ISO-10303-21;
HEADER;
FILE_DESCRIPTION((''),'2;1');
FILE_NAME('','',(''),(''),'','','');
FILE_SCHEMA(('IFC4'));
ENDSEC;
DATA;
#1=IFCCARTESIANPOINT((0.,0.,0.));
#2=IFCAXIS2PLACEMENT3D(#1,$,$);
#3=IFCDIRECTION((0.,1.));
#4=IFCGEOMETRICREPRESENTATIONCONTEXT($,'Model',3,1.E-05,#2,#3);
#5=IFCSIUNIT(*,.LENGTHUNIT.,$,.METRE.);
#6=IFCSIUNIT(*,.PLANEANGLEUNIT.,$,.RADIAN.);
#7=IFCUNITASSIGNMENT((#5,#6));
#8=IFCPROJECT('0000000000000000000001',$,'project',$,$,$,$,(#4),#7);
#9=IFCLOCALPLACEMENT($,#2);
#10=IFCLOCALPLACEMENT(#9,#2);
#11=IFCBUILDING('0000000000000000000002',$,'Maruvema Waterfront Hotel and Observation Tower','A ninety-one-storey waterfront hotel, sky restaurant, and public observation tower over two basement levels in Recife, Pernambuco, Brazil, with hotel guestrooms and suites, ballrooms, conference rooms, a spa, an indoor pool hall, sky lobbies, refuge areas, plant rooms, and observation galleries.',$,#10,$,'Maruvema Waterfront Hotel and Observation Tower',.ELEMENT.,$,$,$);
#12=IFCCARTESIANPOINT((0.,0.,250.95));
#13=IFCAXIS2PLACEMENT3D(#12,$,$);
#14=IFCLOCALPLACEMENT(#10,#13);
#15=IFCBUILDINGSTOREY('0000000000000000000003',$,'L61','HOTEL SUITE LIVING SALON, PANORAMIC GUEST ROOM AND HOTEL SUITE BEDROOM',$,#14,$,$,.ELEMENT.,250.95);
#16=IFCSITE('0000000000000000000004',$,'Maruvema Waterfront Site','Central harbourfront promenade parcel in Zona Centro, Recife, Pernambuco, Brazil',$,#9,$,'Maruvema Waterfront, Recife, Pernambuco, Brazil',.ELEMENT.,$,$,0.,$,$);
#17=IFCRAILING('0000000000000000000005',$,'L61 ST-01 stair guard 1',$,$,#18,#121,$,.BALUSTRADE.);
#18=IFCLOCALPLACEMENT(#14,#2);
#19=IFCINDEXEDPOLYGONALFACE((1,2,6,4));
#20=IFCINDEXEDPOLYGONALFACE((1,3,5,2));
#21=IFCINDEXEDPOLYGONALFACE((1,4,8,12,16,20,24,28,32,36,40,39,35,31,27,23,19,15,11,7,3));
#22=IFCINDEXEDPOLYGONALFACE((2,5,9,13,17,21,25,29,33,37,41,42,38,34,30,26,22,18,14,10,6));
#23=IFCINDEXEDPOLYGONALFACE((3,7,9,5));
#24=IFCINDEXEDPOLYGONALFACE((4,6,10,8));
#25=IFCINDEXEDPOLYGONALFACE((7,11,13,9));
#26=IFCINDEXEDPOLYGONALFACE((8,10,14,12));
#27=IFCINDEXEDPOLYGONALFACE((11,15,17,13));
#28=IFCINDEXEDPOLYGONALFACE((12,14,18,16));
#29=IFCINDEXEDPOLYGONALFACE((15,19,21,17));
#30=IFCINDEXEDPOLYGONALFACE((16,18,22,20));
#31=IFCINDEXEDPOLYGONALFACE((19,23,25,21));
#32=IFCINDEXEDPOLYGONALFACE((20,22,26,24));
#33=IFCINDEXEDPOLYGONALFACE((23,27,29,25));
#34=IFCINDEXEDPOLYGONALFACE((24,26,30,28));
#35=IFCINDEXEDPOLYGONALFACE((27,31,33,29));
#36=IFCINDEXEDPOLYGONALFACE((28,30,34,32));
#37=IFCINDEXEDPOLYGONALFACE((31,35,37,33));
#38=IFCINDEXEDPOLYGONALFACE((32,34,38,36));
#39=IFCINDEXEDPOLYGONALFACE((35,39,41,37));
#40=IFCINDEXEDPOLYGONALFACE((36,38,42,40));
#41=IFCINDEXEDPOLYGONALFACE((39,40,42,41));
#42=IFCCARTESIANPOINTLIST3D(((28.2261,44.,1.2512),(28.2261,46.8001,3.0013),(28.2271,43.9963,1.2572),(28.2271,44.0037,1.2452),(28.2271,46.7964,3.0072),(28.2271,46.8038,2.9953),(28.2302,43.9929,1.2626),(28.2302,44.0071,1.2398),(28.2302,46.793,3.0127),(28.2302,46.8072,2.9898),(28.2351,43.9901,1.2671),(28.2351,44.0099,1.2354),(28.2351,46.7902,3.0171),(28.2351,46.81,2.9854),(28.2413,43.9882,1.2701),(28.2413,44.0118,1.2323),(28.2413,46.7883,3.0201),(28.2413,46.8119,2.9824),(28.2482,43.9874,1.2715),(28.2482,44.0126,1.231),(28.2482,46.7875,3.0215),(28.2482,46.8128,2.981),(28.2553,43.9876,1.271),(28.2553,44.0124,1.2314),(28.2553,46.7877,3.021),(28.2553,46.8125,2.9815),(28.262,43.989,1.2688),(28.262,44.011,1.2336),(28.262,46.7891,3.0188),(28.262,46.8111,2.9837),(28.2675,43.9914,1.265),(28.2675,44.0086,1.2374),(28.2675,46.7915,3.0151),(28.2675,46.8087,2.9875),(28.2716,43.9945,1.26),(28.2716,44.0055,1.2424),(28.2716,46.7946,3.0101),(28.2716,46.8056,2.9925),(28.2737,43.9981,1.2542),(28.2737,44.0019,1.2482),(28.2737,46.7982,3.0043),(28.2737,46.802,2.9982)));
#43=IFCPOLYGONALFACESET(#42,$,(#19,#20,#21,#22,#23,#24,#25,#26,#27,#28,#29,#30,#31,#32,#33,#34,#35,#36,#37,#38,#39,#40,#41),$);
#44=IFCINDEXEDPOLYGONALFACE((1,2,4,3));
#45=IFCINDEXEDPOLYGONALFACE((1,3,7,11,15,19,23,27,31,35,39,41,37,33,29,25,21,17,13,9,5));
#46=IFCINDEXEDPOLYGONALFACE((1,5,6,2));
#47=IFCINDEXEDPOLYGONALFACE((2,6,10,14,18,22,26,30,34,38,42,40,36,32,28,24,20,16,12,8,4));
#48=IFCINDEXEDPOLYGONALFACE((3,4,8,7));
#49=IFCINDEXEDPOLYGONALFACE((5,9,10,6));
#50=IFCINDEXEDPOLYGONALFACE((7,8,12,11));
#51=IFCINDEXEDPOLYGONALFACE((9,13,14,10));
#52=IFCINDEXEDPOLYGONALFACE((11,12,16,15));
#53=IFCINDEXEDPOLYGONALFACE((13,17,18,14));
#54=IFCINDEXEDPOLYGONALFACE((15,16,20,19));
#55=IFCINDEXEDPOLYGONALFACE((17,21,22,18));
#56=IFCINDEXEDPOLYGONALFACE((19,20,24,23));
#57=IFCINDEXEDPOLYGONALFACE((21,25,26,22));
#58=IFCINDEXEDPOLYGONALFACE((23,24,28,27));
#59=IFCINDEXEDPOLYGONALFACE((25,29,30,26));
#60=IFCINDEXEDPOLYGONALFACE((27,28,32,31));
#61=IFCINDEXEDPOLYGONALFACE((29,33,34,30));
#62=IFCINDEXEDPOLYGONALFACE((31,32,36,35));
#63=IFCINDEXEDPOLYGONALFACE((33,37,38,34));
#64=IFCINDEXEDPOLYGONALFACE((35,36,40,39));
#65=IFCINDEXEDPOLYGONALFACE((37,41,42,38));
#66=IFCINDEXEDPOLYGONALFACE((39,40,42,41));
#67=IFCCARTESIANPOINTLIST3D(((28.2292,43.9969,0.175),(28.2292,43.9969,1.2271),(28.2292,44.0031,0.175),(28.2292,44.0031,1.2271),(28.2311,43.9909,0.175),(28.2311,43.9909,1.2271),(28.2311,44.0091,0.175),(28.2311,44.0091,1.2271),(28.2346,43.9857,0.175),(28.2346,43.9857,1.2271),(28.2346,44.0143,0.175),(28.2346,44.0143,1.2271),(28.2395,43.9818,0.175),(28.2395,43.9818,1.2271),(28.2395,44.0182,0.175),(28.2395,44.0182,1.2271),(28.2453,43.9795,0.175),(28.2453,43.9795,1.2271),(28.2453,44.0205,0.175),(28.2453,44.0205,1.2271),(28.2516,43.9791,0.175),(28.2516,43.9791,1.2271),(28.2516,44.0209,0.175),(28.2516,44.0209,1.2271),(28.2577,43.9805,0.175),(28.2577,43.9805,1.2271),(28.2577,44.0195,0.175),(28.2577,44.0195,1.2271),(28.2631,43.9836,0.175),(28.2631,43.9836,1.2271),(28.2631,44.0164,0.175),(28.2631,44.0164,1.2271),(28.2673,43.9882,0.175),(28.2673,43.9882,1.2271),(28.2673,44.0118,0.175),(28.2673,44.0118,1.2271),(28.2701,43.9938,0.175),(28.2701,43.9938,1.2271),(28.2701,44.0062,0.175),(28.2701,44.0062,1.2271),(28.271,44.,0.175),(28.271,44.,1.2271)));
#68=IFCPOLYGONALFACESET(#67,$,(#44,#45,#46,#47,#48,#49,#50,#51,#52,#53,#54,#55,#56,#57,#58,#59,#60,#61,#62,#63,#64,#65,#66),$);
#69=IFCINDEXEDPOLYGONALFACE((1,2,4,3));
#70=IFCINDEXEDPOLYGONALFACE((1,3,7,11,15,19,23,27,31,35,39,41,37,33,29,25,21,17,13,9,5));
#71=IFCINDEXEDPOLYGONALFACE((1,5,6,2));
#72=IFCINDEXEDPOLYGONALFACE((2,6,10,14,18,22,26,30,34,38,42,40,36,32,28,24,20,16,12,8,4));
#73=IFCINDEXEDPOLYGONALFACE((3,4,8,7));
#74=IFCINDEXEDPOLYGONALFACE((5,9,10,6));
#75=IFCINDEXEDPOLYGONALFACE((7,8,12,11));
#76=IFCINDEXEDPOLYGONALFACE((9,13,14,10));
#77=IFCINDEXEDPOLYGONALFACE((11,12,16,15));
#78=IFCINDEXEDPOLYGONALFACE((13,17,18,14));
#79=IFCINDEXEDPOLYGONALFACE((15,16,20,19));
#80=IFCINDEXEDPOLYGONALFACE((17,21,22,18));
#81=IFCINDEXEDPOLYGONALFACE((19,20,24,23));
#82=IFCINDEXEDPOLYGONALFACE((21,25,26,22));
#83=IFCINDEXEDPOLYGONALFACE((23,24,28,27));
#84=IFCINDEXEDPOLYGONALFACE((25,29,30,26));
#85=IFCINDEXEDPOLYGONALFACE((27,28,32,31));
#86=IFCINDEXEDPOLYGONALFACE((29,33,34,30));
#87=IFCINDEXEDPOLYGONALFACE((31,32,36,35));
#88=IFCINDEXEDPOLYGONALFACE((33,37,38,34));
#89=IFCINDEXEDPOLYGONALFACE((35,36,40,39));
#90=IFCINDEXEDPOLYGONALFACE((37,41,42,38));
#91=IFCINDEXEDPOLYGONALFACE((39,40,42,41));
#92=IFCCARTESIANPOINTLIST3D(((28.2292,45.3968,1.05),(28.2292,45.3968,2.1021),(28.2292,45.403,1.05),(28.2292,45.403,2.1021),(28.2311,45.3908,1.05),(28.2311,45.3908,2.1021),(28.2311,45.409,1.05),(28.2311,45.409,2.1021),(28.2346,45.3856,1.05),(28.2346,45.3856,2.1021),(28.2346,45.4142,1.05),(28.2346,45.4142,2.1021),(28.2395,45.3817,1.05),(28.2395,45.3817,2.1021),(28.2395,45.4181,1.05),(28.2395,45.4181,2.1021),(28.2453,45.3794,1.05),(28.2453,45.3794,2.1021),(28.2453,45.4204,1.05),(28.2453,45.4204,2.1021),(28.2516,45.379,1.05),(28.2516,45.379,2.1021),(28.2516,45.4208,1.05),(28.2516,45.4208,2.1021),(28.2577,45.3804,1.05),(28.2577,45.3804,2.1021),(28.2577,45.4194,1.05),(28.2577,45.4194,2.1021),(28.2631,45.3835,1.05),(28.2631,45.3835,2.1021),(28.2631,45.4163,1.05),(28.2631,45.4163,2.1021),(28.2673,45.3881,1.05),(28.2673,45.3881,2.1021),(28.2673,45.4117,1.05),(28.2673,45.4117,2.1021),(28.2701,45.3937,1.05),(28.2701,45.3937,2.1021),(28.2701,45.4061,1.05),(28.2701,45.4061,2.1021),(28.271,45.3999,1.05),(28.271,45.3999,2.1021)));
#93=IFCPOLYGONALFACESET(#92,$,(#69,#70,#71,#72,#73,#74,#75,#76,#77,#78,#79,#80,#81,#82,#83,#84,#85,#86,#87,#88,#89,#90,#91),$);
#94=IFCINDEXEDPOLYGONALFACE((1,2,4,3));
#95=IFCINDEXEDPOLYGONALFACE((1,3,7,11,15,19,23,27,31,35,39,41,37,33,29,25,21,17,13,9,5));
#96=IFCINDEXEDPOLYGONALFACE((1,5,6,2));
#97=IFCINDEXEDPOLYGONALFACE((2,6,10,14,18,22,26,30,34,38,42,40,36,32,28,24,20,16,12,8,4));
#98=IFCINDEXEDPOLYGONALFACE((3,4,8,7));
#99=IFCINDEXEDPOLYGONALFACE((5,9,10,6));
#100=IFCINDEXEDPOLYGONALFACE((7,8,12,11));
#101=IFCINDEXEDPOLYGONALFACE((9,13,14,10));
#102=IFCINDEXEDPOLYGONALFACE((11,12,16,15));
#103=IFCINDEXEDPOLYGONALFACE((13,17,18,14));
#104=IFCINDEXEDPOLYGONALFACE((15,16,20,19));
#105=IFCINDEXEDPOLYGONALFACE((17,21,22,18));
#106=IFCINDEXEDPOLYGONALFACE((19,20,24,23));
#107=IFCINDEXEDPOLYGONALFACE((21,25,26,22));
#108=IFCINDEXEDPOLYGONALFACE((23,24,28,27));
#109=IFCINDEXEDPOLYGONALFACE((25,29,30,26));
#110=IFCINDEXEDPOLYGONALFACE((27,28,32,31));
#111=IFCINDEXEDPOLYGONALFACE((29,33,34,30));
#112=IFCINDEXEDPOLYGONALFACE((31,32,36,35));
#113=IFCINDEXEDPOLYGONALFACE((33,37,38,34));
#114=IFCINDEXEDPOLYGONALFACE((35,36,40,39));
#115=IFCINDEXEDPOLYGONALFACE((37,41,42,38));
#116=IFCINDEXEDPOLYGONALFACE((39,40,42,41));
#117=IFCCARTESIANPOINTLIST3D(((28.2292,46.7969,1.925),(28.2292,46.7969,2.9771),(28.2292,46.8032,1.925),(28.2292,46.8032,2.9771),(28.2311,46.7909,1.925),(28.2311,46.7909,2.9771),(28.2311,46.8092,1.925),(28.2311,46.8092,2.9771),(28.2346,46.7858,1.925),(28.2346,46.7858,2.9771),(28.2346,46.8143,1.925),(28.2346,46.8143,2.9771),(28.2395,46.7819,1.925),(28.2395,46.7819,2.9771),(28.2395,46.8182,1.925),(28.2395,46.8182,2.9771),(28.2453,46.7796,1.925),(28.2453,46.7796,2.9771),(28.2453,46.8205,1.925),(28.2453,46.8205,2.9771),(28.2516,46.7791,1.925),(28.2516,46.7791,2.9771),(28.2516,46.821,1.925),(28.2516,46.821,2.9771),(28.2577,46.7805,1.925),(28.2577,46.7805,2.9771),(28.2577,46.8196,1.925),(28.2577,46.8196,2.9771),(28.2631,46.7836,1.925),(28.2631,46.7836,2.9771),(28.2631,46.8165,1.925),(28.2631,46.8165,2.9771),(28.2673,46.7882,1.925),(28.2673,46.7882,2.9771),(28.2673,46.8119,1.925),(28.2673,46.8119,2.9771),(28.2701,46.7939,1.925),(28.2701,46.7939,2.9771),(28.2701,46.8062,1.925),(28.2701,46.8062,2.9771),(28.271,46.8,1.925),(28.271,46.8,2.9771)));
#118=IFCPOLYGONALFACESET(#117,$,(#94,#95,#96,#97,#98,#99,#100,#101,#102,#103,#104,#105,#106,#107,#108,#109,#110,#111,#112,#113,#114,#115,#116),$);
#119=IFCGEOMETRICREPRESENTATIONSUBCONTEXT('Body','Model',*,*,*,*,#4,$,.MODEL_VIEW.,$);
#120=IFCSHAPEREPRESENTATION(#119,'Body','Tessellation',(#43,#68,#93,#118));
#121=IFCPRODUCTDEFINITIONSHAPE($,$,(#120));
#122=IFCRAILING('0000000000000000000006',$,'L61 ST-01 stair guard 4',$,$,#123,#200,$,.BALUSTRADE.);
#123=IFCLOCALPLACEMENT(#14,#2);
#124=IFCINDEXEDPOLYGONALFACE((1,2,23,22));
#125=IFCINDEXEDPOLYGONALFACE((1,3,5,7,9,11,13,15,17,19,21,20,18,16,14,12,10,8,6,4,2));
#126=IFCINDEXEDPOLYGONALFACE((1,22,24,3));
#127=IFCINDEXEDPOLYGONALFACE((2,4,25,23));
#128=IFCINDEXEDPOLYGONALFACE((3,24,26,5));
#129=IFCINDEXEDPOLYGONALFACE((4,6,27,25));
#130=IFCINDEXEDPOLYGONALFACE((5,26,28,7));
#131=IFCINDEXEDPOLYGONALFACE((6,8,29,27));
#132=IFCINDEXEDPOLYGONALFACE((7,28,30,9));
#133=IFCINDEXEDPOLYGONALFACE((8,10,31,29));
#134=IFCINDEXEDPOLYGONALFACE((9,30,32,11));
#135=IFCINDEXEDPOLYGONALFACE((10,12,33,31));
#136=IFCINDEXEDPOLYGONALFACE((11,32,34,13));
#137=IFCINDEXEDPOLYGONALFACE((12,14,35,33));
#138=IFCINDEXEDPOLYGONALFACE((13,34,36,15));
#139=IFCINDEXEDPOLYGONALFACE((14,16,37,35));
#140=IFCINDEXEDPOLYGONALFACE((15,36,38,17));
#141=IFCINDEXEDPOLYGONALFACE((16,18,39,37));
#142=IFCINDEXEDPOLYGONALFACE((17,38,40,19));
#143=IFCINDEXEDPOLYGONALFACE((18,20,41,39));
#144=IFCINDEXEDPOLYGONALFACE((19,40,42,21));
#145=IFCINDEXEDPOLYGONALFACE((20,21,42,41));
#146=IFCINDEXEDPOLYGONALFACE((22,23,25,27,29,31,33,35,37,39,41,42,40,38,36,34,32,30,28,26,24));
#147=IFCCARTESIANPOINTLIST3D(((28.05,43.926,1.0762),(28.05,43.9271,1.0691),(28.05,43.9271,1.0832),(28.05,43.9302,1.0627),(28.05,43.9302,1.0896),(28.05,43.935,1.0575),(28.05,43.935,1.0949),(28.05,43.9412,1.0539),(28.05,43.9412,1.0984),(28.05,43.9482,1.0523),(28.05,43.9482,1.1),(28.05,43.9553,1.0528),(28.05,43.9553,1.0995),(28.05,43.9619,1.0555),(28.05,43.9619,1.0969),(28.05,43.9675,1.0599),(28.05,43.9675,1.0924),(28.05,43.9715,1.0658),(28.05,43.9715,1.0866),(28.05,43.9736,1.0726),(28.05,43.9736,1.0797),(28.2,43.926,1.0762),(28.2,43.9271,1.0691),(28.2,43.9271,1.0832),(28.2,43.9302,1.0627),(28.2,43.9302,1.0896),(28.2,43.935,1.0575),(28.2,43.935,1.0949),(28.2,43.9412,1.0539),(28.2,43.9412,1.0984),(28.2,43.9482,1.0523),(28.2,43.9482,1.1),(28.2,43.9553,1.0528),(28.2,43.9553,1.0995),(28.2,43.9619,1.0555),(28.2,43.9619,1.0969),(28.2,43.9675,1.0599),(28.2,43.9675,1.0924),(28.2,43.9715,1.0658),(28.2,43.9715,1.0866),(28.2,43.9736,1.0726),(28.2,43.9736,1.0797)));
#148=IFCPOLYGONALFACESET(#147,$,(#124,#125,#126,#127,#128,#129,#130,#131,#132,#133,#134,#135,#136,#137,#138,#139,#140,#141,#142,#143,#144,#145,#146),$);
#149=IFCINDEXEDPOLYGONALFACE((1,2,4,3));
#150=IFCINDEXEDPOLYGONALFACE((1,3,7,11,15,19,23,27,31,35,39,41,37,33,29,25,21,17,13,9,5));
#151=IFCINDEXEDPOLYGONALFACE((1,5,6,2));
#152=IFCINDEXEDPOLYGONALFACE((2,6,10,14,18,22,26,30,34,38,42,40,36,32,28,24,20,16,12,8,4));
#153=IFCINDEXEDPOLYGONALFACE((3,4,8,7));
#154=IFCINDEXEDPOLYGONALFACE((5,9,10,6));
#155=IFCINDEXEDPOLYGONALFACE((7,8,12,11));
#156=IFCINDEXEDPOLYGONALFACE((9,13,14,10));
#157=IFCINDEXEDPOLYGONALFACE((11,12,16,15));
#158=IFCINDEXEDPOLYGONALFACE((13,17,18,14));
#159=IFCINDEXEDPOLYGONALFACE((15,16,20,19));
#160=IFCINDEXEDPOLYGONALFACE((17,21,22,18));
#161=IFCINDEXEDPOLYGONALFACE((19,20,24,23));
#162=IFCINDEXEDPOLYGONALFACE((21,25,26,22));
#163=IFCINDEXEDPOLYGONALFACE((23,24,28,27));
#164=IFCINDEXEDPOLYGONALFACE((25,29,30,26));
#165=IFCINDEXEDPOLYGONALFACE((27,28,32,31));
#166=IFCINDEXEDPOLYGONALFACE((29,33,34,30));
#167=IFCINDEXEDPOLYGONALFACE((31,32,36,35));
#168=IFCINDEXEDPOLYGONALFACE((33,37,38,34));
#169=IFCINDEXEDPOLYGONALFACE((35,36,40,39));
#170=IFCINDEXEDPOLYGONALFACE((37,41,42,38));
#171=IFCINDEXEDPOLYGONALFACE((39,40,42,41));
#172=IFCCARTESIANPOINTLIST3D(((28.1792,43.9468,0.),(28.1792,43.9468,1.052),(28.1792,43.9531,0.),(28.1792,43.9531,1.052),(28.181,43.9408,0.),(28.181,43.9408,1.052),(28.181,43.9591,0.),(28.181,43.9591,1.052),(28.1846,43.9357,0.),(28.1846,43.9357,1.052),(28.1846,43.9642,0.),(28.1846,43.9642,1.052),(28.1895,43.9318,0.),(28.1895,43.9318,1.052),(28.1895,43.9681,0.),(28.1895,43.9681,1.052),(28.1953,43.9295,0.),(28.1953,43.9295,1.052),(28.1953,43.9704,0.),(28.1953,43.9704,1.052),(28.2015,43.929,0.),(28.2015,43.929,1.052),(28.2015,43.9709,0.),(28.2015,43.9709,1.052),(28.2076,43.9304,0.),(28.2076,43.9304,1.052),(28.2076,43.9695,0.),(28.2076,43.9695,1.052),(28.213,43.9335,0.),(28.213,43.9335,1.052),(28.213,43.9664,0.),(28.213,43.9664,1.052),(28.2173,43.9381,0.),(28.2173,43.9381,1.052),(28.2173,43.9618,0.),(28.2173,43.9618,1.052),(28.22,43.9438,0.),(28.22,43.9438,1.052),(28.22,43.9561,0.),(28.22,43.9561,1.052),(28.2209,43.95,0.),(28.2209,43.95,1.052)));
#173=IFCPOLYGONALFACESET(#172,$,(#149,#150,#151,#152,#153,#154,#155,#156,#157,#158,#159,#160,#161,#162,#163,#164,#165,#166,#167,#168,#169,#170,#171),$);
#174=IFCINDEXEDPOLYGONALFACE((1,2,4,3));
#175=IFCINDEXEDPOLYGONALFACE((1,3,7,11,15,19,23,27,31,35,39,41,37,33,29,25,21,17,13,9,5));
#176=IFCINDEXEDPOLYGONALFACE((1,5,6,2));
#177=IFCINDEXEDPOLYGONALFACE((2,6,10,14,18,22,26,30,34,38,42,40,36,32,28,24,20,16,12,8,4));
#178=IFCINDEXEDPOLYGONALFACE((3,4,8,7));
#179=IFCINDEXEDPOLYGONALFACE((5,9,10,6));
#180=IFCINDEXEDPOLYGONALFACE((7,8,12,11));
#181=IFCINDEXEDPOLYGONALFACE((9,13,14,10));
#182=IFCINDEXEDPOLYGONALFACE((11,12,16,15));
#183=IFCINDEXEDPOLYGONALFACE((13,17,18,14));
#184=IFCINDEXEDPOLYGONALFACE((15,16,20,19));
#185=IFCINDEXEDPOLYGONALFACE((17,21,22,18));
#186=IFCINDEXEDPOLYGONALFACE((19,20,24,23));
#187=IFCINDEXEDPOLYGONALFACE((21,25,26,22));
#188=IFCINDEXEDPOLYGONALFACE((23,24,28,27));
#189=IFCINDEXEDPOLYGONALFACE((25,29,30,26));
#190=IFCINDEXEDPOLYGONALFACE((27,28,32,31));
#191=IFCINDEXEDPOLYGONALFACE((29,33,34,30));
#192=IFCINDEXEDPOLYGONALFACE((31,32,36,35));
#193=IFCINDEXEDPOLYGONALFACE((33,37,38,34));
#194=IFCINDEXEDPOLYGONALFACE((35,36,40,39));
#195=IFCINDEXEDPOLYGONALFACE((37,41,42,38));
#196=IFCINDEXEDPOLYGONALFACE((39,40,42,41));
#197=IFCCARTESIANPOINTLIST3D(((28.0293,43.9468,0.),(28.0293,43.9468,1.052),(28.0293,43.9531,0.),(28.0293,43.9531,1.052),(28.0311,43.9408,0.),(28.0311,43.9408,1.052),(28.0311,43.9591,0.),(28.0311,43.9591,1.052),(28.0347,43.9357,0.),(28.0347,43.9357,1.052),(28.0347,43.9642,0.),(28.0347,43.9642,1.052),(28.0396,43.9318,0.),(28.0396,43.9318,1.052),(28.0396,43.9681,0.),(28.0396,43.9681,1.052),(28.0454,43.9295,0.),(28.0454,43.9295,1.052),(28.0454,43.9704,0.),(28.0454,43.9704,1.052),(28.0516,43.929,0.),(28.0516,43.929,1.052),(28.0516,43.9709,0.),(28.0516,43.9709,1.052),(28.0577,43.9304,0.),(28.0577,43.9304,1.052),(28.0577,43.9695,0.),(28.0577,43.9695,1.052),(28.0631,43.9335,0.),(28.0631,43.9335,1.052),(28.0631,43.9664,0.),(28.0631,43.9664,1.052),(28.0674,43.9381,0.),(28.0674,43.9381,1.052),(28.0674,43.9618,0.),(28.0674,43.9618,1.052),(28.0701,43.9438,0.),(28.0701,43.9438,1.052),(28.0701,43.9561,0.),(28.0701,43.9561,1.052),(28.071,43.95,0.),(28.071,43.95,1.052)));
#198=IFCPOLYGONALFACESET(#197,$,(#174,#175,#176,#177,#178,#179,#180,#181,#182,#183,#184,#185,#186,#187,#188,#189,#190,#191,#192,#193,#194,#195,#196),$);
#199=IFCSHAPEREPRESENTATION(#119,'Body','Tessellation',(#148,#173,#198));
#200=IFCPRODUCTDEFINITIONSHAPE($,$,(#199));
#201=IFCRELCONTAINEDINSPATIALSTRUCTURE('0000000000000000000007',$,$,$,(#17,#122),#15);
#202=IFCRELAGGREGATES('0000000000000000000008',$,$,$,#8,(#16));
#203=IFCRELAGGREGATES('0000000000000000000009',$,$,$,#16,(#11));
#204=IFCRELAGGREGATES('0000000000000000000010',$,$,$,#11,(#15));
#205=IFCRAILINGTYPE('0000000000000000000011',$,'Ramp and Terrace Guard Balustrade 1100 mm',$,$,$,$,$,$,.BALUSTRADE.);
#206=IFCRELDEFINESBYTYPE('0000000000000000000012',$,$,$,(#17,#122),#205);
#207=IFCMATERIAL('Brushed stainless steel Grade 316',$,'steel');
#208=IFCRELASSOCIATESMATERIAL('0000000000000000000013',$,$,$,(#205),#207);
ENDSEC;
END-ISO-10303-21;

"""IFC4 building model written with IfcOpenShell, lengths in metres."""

from ifc_helpers import new_model, si_unit, direction, frame, origin, origin_2d, place, context, subcontext, project, spatial, circle, extrude, material, type_object, element, save


model = new_model("IFC4")

# Units and contexts
model_context = context("Model", 3, precision=1e-05, world=origin(), true_north=direction((0.0, 1.0)))
body_context = subcontext(model_context, "Body", "Model", "MODEL_VIEW")
ifc_project = project(units=[si_unit("LENGTHUNIT", "METRE"), si_unit("PLANEANGLEUNIT", "RADIAN")], contexts=[model_context])

# Site, building, storey
site_placement = place(None, origin())
site = spatial("IfcSite", under=ifc_project, at=site_placement, Name="Maruvema Waterfront Site", Description="Central harbourfront promenade parcel in Zona Centro, Recife, Pernambuco, Brazil", LongName="Maruvema Waterfront, Recife, Pernambuco, Brazil", CompositionType="ELEMENT", RefElevation=0.0)
building_placement = place(site_placement, origin())
building = spatial("IfcBuilding", under=site, at=building_placement, Name="Maruvema Waterfront Hotel and Observation Tower", Description="A ninety-one-storey waterfront hotel, sky restaurant, and public observation tower over two basement levels in Recife, Pernambuco, Brazil, with hotel guestrooms and suites, ballrooms, conference rooms, a spa, an indoor pool hall, sky lobbies, refuge areas, plant rooms, and observation galleries.", LongName="Maruvema Waterfront Hotel and Observation Tower", CompositionType="ELEMENT")
storey_placement = place(building_placement, frame((0.0, 0.0, 250.95)))
storey = spatial("IfcBuildingStorey", under=building, at=storey_placement, Name="L61", Description="HOTEL SUITE LIVING SALON, PANORAMIC GUEST ROOM AND HOTEL SUITE BEDROOM", CompositionType="ELEMENT", Elevation=250.95)

# Railings
ifc_material_1 = material(Name="Brushed stainless steel Grade 316", Category="steel")
railing_type = type_object("IfcRailingType", Name="Ramp and Terrace Guard Balustrade 1100 mm", PredefinedType="BALUSTRADE", material=ifc_material_1)
railing_1_placement = place(storey_placement, frame((28.25, 44.0, 0.175)))
element("IfcRailing", 1, at=railing_1_placement, inside=storey, type_object=railing_type, Name="L61 ST-01 stair guard 1", PredefinedType="BALUSTRADE", context=body_context, shape_type="SweptSolid", body=[
    extrude(circle(Radius=0.0239, at=origin_2d()), frame((0.0, 0.0, 1.0762), z_axis=(0.0, 0.848002, 0.529992), x_axis=(-1.0, 0.0, 0.0)), (0.0, 0.0, 1.0), 3.302),
    extrude(circle(Radius=0.021, at=origin_2d()), origin(), (0.0, 0.0, 1.0), 1.052),
    extrude(circle(Radius=0.021, at=origin_2d()), frame((0.0, 1.3999, 0.875)), (0.0, 0.0, 1.0), 1.052),
    extrude(circle(Radius=0.021, at=origin_2d()), frame((0.0, 2.8, 1.75)), (0.0, 0.0, 1.0), 1.052),
])
railing_2_placement = place(storey_placement, frame((28.2, 43.95, 0.0)))
element("IfcRailing", 2, at=railing_2_placement, inside=storey, type_object=railing_type, Name="L61 ST-01 stair guard 4", PredefinedType="BALUSTRADE", context=body_context, shape_type="SweptSolid", body=[
    extrude(circle(Radius=0.0239, at=origin_2d()), frame((0.0, 0.0, 1.0762), z_axis=(-1.0, 0.0, 0.0), x_axis=(0.0, -1.0, 0.0)), (0.0, 0.0, 1.0), 0.1499),
    extrude(circle(Radius=0.021, at=origin_2d()), origin(), (0.0, 0.0, 1.0), 1.052),
    extrude(circle(Radius=0.021, at=origin_2d()), frame((-0.1499, 0.0, 0.0)), (0.0, 0.0, 1.0), 1.052),
])

save(model, "model.ifc")
